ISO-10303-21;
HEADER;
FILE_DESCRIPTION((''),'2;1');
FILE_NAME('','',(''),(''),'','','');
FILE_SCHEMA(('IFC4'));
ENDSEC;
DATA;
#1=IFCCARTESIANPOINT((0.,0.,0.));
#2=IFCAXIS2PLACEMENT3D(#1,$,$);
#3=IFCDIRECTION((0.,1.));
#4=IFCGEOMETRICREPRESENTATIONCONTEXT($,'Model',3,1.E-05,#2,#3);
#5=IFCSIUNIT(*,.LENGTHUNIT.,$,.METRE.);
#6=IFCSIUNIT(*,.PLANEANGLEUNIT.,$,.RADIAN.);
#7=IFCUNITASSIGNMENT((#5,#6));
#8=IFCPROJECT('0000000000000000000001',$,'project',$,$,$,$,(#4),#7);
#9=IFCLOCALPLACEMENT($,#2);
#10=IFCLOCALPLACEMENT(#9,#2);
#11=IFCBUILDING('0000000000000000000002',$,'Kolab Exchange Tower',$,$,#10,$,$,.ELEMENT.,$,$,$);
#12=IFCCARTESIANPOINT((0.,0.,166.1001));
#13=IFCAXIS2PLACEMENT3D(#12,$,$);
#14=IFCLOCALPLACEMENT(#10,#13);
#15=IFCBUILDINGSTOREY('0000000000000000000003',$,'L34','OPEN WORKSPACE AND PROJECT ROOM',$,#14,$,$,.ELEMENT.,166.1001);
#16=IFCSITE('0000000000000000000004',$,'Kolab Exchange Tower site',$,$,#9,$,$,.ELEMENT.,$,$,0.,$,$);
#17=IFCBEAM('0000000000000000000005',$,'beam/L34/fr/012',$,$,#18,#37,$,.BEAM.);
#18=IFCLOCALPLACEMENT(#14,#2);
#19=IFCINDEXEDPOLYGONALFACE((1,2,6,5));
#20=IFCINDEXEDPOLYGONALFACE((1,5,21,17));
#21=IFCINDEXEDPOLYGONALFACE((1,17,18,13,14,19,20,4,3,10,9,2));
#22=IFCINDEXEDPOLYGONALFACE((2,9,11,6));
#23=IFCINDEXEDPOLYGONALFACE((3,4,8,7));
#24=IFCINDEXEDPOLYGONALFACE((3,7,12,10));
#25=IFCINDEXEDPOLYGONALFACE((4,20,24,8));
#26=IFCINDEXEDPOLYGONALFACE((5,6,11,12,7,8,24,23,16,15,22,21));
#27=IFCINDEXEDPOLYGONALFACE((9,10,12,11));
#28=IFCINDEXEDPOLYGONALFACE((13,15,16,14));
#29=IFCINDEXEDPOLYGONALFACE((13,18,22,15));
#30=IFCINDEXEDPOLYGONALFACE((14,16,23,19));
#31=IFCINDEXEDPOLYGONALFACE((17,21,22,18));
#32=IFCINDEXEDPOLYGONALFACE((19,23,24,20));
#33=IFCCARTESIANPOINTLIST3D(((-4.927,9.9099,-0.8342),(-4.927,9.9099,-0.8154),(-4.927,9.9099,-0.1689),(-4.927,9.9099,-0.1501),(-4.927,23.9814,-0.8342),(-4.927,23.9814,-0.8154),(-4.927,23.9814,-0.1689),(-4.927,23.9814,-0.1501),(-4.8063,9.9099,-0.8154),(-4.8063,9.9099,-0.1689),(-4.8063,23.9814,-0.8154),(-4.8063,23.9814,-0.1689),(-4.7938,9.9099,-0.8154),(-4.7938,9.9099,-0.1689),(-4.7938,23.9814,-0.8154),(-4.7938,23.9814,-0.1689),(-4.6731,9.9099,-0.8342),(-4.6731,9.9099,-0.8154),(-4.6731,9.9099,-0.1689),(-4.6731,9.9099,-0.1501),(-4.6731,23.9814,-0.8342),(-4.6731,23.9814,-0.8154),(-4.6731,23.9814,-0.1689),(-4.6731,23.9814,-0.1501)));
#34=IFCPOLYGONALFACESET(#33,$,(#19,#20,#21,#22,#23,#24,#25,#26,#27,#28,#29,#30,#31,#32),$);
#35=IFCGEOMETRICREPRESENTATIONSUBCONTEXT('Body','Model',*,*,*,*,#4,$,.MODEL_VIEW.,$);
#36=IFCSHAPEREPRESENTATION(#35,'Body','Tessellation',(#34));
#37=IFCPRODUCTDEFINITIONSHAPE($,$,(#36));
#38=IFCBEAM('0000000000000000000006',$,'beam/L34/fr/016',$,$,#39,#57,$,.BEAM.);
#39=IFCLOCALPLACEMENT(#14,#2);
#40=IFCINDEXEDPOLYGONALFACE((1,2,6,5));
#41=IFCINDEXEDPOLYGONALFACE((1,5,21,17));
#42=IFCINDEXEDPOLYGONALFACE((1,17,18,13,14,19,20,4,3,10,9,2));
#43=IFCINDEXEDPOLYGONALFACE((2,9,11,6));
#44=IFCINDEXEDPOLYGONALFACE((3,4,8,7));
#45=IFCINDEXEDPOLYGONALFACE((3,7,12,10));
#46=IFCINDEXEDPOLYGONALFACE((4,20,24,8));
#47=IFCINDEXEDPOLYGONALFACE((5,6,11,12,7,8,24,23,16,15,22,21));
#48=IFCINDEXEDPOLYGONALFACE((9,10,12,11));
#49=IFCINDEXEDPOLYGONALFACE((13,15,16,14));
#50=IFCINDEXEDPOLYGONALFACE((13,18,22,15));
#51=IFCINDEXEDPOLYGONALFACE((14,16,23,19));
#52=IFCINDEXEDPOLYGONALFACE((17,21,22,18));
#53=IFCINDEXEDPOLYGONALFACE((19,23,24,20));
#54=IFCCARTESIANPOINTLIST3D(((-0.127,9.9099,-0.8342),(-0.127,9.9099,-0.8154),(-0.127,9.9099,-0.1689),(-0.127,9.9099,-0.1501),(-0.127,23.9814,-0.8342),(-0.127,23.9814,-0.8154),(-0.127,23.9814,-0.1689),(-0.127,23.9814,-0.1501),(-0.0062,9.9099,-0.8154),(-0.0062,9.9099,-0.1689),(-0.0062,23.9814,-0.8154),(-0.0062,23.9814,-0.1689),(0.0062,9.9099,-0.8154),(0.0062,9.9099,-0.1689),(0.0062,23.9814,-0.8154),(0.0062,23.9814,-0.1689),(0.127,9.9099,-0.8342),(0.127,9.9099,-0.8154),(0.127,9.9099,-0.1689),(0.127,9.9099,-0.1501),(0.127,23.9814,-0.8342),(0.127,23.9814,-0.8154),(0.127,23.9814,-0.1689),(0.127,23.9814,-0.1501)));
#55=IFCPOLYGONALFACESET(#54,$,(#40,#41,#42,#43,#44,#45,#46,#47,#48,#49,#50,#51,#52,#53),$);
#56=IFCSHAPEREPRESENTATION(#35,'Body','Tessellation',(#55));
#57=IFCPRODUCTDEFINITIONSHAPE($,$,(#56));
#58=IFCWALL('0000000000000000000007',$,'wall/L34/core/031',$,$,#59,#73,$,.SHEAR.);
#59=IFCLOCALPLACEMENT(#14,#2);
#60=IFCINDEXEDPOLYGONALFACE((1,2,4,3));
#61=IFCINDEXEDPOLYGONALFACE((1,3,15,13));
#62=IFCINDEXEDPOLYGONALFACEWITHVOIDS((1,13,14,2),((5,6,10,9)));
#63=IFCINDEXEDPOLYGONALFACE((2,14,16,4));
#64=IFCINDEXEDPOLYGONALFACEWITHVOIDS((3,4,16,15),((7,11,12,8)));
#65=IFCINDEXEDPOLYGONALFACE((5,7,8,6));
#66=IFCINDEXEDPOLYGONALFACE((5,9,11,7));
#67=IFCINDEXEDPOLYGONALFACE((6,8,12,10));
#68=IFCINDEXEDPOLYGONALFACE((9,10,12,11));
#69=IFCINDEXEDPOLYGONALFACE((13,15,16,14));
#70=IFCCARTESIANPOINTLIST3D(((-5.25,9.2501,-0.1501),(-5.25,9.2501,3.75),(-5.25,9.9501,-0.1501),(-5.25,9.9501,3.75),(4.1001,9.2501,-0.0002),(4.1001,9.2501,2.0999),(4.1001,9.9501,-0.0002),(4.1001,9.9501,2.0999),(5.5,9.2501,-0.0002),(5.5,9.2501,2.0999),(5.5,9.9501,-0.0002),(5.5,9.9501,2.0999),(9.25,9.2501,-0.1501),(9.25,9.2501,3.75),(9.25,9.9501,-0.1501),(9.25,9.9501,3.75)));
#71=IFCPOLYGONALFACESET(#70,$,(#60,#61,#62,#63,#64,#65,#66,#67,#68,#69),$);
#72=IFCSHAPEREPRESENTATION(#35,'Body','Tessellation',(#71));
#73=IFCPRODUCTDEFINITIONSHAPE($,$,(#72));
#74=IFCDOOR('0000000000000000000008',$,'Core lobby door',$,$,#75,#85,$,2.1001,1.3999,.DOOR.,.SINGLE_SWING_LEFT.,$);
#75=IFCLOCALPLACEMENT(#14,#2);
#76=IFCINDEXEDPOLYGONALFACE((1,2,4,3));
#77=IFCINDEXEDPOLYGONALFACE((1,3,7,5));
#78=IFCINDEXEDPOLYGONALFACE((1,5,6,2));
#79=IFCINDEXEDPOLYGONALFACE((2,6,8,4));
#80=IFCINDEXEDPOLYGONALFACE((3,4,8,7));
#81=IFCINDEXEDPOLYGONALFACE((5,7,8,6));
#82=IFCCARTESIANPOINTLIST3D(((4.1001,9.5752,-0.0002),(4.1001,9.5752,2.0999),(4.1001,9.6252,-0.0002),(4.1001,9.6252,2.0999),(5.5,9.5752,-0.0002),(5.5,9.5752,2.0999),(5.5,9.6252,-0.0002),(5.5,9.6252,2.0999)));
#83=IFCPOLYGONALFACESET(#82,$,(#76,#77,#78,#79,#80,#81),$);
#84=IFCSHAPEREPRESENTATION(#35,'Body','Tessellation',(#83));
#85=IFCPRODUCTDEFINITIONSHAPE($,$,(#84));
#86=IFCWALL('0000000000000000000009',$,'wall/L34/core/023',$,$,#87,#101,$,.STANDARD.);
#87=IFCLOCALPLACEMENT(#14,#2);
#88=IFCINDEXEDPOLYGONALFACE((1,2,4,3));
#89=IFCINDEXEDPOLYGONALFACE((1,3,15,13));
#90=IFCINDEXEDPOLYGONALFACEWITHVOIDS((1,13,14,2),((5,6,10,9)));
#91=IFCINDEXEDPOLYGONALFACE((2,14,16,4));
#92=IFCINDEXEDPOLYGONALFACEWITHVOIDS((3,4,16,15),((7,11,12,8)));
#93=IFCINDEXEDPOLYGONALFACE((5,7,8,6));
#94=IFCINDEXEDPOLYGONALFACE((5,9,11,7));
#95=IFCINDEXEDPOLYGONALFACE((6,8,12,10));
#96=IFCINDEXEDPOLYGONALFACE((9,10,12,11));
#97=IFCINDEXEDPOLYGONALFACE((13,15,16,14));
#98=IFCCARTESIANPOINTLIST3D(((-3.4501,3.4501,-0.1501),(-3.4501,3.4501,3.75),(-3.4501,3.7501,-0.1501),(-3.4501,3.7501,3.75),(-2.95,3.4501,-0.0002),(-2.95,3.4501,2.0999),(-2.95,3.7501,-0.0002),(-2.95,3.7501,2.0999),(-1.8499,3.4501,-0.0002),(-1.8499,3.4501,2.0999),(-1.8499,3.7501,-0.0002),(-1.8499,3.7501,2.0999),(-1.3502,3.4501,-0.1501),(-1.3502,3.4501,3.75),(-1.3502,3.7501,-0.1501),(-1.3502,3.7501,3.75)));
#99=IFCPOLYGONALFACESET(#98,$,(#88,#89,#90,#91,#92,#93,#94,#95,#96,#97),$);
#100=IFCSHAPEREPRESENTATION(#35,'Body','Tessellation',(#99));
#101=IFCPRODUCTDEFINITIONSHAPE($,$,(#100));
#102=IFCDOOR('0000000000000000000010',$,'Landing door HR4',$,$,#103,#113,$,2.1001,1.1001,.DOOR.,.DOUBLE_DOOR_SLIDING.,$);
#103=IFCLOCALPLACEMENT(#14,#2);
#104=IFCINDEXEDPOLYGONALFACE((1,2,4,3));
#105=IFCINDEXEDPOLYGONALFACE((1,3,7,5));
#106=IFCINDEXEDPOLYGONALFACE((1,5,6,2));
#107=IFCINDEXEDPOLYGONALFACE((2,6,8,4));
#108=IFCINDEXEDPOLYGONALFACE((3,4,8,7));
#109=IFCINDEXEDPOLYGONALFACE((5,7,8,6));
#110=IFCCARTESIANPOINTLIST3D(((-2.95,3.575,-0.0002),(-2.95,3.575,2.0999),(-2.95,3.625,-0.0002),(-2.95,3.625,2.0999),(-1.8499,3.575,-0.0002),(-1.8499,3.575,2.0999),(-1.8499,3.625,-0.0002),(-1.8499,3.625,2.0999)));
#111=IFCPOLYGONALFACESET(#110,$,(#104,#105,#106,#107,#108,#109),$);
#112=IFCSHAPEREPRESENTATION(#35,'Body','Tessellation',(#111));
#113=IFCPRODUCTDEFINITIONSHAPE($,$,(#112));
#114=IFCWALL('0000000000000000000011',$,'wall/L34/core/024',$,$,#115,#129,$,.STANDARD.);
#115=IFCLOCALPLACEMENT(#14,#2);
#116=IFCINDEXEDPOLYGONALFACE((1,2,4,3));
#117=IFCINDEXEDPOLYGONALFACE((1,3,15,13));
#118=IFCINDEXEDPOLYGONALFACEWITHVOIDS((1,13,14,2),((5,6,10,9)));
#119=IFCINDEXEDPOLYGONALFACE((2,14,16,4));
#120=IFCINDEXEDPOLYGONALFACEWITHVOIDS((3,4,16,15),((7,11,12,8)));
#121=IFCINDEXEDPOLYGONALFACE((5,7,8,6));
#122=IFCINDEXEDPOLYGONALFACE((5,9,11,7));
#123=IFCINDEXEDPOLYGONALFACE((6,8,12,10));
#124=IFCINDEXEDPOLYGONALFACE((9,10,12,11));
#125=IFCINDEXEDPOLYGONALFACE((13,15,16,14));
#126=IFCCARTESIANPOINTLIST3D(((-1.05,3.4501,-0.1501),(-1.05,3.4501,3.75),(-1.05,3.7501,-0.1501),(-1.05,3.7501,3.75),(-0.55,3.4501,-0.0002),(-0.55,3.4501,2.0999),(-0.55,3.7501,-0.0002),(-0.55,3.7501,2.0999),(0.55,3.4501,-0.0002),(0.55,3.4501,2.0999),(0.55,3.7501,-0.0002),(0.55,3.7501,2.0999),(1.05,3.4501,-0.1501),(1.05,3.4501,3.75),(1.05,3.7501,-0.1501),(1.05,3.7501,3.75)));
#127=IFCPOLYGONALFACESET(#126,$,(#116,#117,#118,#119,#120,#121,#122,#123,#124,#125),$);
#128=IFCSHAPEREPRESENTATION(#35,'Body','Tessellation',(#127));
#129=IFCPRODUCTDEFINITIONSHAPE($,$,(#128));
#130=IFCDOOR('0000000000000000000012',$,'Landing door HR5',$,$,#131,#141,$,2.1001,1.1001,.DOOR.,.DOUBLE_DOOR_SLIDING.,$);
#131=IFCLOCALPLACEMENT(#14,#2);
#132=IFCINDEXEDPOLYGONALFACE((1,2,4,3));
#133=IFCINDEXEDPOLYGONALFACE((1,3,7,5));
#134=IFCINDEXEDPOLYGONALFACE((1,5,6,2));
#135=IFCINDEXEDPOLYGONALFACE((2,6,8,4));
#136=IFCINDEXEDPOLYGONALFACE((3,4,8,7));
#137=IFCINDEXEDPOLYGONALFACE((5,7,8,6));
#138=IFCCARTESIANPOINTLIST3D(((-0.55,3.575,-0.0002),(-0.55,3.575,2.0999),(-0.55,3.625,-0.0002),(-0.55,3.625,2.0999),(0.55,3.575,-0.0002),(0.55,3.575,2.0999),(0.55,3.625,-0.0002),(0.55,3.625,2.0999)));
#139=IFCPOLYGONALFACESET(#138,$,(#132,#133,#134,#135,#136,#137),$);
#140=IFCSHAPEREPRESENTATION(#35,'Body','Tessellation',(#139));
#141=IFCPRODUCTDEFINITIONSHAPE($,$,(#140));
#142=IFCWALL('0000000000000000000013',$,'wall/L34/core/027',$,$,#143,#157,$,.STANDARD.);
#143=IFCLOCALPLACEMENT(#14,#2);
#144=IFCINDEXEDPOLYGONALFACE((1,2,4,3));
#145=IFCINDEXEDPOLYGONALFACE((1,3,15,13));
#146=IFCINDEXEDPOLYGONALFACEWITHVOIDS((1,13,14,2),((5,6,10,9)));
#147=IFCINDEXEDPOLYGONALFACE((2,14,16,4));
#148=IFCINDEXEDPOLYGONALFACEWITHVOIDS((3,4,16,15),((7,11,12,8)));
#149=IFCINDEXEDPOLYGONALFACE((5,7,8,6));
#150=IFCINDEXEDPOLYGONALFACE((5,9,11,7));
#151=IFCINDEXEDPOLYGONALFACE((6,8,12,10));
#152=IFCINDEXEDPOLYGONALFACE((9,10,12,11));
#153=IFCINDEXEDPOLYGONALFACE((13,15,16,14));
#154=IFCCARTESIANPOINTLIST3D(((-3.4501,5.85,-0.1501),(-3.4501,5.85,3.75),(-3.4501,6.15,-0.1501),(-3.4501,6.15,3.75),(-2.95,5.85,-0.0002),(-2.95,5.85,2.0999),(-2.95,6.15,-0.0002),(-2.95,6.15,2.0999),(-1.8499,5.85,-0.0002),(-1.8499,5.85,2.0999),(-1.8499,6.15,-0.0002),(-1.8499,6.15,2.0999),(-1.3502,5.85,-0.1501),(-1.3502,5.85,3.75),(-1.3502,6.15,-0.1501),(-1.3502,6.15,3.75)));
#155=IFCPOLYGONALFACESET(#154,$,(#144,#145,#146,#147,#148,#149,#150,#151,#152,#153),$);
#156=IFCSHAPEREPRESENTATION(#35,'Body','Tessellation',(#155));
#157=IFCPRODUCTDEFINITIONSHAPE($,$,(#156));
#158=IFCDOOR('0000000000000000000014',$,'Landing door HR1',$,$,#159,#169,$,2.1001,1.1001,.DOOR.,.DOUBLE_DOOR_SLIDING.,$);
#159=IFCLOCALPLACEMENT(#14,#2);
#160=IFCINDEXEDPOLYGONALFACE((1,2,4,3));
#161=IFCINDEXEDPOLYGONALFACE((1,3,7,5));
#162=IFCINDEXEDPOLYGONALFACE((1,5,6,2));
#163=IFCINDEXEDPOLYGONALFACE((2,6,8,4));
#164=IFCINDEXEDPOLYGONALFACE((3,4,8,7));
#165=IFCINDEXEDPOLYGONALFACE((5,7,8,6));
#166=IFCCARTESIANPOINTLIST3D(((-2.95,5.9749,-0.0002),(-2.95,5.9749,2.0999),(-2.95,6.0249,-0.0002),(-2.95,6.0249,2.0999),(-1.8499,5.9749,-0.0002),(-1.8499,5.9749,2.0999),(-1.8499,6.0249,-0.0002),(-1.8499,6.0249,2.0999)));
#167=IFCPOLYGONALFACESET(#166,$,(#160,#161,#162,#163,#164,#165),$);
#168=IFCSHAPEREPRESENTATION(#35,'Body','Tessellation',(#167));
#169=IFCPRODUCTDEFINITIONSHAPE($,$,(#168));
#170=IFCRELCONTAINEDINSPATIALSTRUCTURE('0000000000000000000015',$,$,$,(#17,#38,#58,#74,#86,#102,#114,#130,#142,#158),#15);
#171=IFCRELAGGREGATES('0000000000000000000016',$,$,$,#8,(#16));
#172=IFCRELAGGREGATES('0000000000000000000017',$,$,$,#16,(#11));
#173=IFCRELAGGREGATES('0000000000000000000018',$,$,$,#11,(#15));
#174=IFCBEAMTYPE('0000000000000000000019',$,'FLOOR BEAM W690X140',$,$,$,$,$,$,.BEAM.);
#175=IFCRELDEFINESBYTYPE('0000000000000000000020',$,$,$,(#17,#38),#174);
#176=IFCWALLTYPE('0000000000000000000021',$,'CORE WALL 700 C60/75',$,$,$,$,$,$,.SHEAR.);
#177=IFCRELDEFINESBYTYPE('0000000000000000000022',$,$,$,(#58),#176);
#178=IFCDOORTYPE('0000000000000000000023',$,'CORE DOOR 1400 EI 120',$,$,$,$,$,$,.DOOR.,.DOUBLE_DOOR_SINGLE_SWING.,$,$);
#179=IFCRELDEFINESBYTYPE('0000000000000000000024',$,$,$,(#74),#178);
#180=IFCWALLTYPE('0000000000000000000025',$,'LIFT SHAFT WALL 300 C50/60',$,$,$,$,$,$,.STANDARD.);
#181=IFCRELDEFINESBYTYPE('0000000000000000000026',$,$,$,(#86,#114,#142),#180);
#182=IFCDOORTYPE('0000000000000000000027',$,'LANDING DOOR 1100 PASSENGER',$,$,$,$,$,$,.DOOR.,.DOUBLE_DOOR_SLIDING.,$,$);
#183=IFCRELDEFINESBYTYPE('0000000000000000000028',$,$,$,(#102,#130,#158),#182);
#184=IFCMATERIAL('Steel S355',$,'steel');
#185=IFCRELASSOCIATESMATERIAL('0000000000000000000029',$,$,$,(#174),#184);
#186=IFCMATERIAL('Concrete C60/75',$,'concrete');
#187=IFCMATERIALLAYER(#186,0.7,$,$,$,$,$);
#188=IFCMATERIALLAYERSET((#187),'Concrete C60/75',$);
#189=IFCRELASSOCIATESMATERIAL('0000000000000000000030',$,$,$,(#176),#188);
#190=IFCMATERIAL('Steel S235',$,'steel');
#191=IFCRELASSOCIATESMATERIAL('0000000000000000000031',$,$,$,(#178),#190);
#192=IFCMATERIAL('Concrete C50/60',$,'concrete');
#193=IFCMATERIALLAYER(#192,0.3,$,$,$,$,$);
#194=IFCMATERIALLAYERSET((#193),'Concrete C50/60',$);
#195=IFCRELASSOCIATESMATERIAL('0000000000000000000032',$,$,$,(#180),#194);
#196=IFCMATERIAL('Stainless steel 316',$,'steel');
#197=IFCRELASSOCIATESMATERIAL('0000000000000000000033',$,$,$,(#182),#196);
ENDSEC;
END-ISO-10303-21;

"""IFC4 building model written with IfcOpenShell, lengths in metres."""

from ifc_helpers import new_model, si_unit, direction, frame, frame_2d, origin, origin_2d, place, context, subcontext, project, spatial, rectangle, i_section, extrude, material, layer, layer_set, material_profile, profile_set, type_object, element, fill, save


model = new_model("IFC4")

# Units and contexts
model_context = context("Model", 3, precision=1e-05, world=origin(), true_north=direction((0.0, 1.0)))
body_context = subcontext(model_context, "Body", "Model", "MODEL_VIEW")
ifc_project = project(units=[si_unit("LENGTHUNIT", "METRE"), si_unit("PLANEANGLEUNIT", "RADIAN")], contexts=[model_context])

# Site, building, storey
site_placement = place(None, origin())
site = spatial("IfcSite", under=ifc_project, at=site_placement, Name="Kolab Exchange Tower site", CompositionType="ELEMENT", RefElevation=0.0)
building_placement = place(site_placement, origin())
building = spatial("IfcBuilding", under=site, at=building_placement, Name="Kolab Exchange Tower", CompositionType="ELEMENT")
storey_placement = place(building_placement, frame((0.0, 0.0, 166.1001)))
storey = spatial("IfcBuildingStorey", under=building, at=storey_placement, Name="L34", Description="OPEN WORKSPACE AND PROJECT ROOM", CompositionType="ELEMENT", Elevation=166.1001)

# Beams
ifc_material_1 = material(Name="Steel S355", Category="steel")
ifc_material_profile = material_profile(ifc_material_1, i_section(OverallWidth=0.2539, OverallDepth=0.6841, WebThickness=0.0125, FlangeThickness=0.0188, at=origin_2d()), Name="W690X140")
ifc_profile_set = profile_set([ifc_material_profile], Name="Steel S355")
beam_type = type_object("IfcBeamType", Name="FLOOR BEAM W690X140", PredefinedType="BEAM", material=ifc_profile_set)
for number, where, z_axis, x_axis, name in (
    (1, (-4.8, 9.9099, -0.4922), (0.0, 1.0, 0.0), (-1.0, 0.0, 0.0), "beam/L34/fr/012"),
    (2, (0.0, 9.9099, -0.4922), (0.0, 1.0, 0.0), (-1.0, 0.0, 0.0), "beam/L34/fr/016"),
):
    element("IfcBeam", number, at=place(storey_placement, frame(where, z_axis=z_axis, x_axis=x_axis)), inside=storey, type_object=beam_type, Name=name, PredefinedType="BEAM", context=body_context, shape_type="SweptSolid", body=[
        extrude(i_section(OverallWidth=0.2539, OverallDepth=0.6841, WebThickness=0.0125, FlangeThickness=0.0188, at=origin_2d()), origin(), (0.0, 0.0, 1.0), 14.0715),
    ])

# Walls, openings, doors
ifc_material_2 = material(Name="Concrete C60/75", Category="concrete")
ifc_layer_1 = layer(ifc_material_2, 0.7)
ifc_layer_set_1 = layer_set([ifc_layer_1], Name="Concrete C60/75")
wall_type_1 = type_object("IfcWallType", Name="CORE WALL 700 C60/75", PredefinedType="SHEAR", material=ifc_layer_set_1)
wall_1_placement = place(storey_placement, frame((-5.25, 9.6001, -0.1501), z_axis=(0.0, 0.0, 1.0), x_axis=(1.0, 0.0, 0.0)))
wall_1 = element("IfcWall", 3, at=wall_1_placement, inside=storey, type_object=wall_type_1, Name="wall/L34/core/031", PredefinedType="SHEAR", context=body_context, shape_type="SweptSolid", body=[
    extrude(rectangle(XDim=14.5, YDim=0.7, at=frame_2d((7.25, 0.0))), origin(), (0.0, 0.0, 1.0), 3.9001),
])
opening_1_placement = place(wall_1_placement, frame((9.3501, 0.0, 0.1499)))
opening_1 = element("IfcOpeningElement", 4, at=opening_1_placement, cuts=wall_1, PredefinedType="OPENING", context=body_context, shape_type="SweptSolid", body=[
    extrude(rectangle(XDim=1.3999, YDim=2.1001, at=frame_2d((0.7, 1.05))), frame((0.0, 0.3599, 0.0), z_axis=(0.0, -1.0, 0.0), x_axis=(1.0, 0.0, 0.0)), (0.0, 0.0, 1.0), 0.72),
])
ifc_material_3 = material(Name="Steel S235", Category="steel")
door_type_1 = type_object("IfcDoorType", Name="CORE DOOR 1400 EI 120", OperationType="DOUBLE_DOOR_SINGLE_SWING", PredefinedType="DOOR", material=ifc_material_3)
door_1_placement = place(opening_1_placement, frame((1.3999, 0.0, 0.0), z_axis=(0.0, 0.0, 1.0), x_axis=(-1.0, 0.0, 0.0)))
door_1 = element("IfcDoor", 5, at=door_1_placement, inside=storey, type_object=door_type_1, Name="Core lobby door", OperationType="SINGLE_SWING_LEFT", OverallHeight=2.1001, OverallWidth=1.3999, PredefinedType="DOOR", context=body_context, shape_type="SweptSolid", body=[
    extrude(rectangle(XDim=1.3999, YDim=2.1001, at=frame_2d((0.7, 1.05))), frame((0.0, 0.0249, 0.0), z_axis=(0.0, -1.0, 0.0), x_axis=(1.0, 0.0, 0.0)), (0.0, 0.0, 1.0), 0.05),
])
fill(opening_1, door_1)
ifc_material_4 = material(Name="Concrete C50/60", Category="concrete")
ifc_layer_2 = layer(ifc_material_4, 0.3)
ifc_layer_set_2 = layer_set([ifc_layer_2], Name="Concrete C50/60")
wall_type_2 = type_object("IfcWallType", Name="LIFT SHAFT WALL 300 C50/60", PredefinedType="STANDARD", material=ifc_layer_set_2)
wall_2_placement = place(storey_placement, frame((-3.45, 3.6001, -0.1501), z_axis=(0.0, 0.0, 1.0), x_axis=(1.0, 0.0, 0.0)))
wall_2 = element("IfcWall", 6, at=wall_2_placement, inside=storey, type_object=wall_type_2, Name="wall/L34/core/023", PredefinedType="STANDARD", context=body_context, shape_type="SweptSolid", body=[
    extrude(rectangle(XDim=2.0999, YDim=0.3, at=frame_2d((1.0498, 0.0))), origin(), (0.0, 0.0, 1.0), 3.9001),
])
opening_2_placement = place(wall_2_placement, frame((0.5, 0.0, 0.1499)))
opening_2 = element("IfcOpeningElement", 7, at=opening_2_placement, cuts=wall_2, PredefinedType="OPENING", context=body_context, shape_type="SweptSolid", body=[
    extrude(rectangle(XDim=1.1001, YDim=2.1001, at=frame_2d((0.55, 1.05))), frame((0.0, 0.1602, 0.0), z_axis=(0.0, -1.0, 0.0), x_axis=(1.0, 0.0, 0.0)), (0.0, 0.0, 1.0), 0.3201),
])
ifc_material_5 = material(Name="Stainless steel 316", Category="steel")
door_type_2 = type_object("IfcDoorType", Name="LANDING DOOR 1100 PASSENGER", OperationType="DOUBLE_DOOR_SLIDING", PredefinedType="DOOR", material=ifc_material_5)
door_2_placement = place(opening_2_placement, origin())
door_2 = element("IfcDoor", 8, at=door_2_placement, inside=storey, type_object=door_type_2, Name="Landing door HR4", OperationType="DOUBLE_DOOR_SLIDING", OverallHeight=2.1001, OverallWidth=1.1001, PredefinedType="DOOR", context=body_context, shape_type="SweptSolid", body=[
    extrude(rectangle(XDim=1.1001, YDim=2.1001, at=frame_2d((0.55, 1.05))), frame((0.0, 0.0249, 0.0), z_axis=(0.0, -1.0, 0.0), x_axis=(1.0, 0.0, 0.0)), (0.0, 0.0, 1.0), 0.05),
])
fill(opening_2, door_2)
wall_3_placement = place(storey_placement, frame((-1.05, 3.6001, -0.1501), z_axis=(0.0, 0.0, 1.0), x_axis=(1.0, 0.0, 0.0)))
wall_3 = element("IfcWall", 9, at=wall_3_placement, inside=storey, type_object=wall_type_2, Name="wall/L34/core/024", PredefinedType="STANDARD", context=body_context, shape_type="SweptSolid", body=[
    extrude(rectangle(XDim=2.1001, YDim=0.3, at=frame_2d((1.05, 0.0))), origin(), (0.0, 0.0, 1.0), 3.9001),
])
opening_3_placement = place(wall_3_placement, frame((0.5, 0.0, 0.1499)))
opening_3 = element("IfcOpeningElement", 10, at=opening_3_placement, cuts=wall_3, PredefinedType="OPENING", context=body_context, shape_type="SweptSolid", body=[
    extrude(rectangle(XDim=1.1001, YDim=2.1001, at=frame_2d((0.55, 1.05))), frame((0.0, 0.1602, 0.0), z_axis=(0.0, -1.0, 0.0), x_axis=(1.0, 0.0, 0.0)), (0.0, 0.0, 1.0), 0.3201),
])
door_3_placement = place(opening_3_placement, origin())
door_3 = element("IfcDoor", 11, at=door_3_placement, inside=storey, type_object=door_type_2, Name="Landing door HR5", OperationType="DOUBLE_DOOR_SLIDING", OverallHeight=2.1001, OverallWidth=1.1001, PredefinedType="DOOR", context=body_context, shape_type="SweptSolid", body=[
    extrude(rectangle(XDim=1.1001, YDim=2.1001, at=frame_2d((0.55, 1.05))), frame((0.0, 0.0249, 0.0), z_axis=(0.0, -1.0, 0.0), x_axis=(1.0, 0.0, 0.0)), (0.0, 0.0, 1.0), 0.05),
])
fill(opening_3, door_3)
wall_4_placement = place(storey_placement, frame((-3.45, 6.0, -0.1501), z_axis=(0.0, 0.0, 1.0), x_axis=(1.0, 0.0, 0.0)))
wall_4 = element("IfcWall", 12, at=wall_4_placement, inside=storey, type_object=wall_type_2, Name="wall/L34/core/027", PredefinedType="STANDARD", context=body_context, shape_type="SweptSolid", body=[
    extrude(rectangle(XDim=2.0999, YDim=0.3, at=frame_2d((1.0498, 0.0))), origin(), (0.0, 0.0, 1.0), 3.9001),
])
opening_4_placement = place(wall_4_placement, frame((0.5, 0.0, 0.1499)))
opening_4 = element("IfcOpeningElement", 13, at=opening_4_placement, cuts=wall_4, PredefinedType="OPENING", context=body_context, shape_type="SweptSolid", body=[
    extrude(rectangle(XDim=1.1001, YDim=2.1001, at=frame_2d((0.55, 1.05))), frame((0.0, 0.1602, 0.0), z_axis=(0.0, -1.0, 0.0), x_axis=(1.0, 0.0, 0.0)), (0.0, 0.0, 1.0), 0.3201),
])
door_4_placement = place(opening_4_placement, origin())
door_4 = element("IfcDoor", 14, at=door_4_placement, inside=storey, type_object=door_type_2, Name="Landing door HR1", OperationType="DOUBLE_DOOR_SLIDING", OverallHeight=2.1001, OverallWidth=1.1001, PredefinedType="DOOR", context=body_context, shape_type="SweptSolid", body=[
    extrude(rectangle(XDim=1.1001, YDim=2.1001, at=frame_2d((0.55, 1.05))), frame((0.0, 0.0249, 0.0), z_axis=(0.0, -1.0, 0.0), x_axis=(1.0, 0.0, 0.0)), (0.0, 0.0, 1.0), 0.05),
])
fill(opening_4, door_4)

save(model, "model.ifc")
